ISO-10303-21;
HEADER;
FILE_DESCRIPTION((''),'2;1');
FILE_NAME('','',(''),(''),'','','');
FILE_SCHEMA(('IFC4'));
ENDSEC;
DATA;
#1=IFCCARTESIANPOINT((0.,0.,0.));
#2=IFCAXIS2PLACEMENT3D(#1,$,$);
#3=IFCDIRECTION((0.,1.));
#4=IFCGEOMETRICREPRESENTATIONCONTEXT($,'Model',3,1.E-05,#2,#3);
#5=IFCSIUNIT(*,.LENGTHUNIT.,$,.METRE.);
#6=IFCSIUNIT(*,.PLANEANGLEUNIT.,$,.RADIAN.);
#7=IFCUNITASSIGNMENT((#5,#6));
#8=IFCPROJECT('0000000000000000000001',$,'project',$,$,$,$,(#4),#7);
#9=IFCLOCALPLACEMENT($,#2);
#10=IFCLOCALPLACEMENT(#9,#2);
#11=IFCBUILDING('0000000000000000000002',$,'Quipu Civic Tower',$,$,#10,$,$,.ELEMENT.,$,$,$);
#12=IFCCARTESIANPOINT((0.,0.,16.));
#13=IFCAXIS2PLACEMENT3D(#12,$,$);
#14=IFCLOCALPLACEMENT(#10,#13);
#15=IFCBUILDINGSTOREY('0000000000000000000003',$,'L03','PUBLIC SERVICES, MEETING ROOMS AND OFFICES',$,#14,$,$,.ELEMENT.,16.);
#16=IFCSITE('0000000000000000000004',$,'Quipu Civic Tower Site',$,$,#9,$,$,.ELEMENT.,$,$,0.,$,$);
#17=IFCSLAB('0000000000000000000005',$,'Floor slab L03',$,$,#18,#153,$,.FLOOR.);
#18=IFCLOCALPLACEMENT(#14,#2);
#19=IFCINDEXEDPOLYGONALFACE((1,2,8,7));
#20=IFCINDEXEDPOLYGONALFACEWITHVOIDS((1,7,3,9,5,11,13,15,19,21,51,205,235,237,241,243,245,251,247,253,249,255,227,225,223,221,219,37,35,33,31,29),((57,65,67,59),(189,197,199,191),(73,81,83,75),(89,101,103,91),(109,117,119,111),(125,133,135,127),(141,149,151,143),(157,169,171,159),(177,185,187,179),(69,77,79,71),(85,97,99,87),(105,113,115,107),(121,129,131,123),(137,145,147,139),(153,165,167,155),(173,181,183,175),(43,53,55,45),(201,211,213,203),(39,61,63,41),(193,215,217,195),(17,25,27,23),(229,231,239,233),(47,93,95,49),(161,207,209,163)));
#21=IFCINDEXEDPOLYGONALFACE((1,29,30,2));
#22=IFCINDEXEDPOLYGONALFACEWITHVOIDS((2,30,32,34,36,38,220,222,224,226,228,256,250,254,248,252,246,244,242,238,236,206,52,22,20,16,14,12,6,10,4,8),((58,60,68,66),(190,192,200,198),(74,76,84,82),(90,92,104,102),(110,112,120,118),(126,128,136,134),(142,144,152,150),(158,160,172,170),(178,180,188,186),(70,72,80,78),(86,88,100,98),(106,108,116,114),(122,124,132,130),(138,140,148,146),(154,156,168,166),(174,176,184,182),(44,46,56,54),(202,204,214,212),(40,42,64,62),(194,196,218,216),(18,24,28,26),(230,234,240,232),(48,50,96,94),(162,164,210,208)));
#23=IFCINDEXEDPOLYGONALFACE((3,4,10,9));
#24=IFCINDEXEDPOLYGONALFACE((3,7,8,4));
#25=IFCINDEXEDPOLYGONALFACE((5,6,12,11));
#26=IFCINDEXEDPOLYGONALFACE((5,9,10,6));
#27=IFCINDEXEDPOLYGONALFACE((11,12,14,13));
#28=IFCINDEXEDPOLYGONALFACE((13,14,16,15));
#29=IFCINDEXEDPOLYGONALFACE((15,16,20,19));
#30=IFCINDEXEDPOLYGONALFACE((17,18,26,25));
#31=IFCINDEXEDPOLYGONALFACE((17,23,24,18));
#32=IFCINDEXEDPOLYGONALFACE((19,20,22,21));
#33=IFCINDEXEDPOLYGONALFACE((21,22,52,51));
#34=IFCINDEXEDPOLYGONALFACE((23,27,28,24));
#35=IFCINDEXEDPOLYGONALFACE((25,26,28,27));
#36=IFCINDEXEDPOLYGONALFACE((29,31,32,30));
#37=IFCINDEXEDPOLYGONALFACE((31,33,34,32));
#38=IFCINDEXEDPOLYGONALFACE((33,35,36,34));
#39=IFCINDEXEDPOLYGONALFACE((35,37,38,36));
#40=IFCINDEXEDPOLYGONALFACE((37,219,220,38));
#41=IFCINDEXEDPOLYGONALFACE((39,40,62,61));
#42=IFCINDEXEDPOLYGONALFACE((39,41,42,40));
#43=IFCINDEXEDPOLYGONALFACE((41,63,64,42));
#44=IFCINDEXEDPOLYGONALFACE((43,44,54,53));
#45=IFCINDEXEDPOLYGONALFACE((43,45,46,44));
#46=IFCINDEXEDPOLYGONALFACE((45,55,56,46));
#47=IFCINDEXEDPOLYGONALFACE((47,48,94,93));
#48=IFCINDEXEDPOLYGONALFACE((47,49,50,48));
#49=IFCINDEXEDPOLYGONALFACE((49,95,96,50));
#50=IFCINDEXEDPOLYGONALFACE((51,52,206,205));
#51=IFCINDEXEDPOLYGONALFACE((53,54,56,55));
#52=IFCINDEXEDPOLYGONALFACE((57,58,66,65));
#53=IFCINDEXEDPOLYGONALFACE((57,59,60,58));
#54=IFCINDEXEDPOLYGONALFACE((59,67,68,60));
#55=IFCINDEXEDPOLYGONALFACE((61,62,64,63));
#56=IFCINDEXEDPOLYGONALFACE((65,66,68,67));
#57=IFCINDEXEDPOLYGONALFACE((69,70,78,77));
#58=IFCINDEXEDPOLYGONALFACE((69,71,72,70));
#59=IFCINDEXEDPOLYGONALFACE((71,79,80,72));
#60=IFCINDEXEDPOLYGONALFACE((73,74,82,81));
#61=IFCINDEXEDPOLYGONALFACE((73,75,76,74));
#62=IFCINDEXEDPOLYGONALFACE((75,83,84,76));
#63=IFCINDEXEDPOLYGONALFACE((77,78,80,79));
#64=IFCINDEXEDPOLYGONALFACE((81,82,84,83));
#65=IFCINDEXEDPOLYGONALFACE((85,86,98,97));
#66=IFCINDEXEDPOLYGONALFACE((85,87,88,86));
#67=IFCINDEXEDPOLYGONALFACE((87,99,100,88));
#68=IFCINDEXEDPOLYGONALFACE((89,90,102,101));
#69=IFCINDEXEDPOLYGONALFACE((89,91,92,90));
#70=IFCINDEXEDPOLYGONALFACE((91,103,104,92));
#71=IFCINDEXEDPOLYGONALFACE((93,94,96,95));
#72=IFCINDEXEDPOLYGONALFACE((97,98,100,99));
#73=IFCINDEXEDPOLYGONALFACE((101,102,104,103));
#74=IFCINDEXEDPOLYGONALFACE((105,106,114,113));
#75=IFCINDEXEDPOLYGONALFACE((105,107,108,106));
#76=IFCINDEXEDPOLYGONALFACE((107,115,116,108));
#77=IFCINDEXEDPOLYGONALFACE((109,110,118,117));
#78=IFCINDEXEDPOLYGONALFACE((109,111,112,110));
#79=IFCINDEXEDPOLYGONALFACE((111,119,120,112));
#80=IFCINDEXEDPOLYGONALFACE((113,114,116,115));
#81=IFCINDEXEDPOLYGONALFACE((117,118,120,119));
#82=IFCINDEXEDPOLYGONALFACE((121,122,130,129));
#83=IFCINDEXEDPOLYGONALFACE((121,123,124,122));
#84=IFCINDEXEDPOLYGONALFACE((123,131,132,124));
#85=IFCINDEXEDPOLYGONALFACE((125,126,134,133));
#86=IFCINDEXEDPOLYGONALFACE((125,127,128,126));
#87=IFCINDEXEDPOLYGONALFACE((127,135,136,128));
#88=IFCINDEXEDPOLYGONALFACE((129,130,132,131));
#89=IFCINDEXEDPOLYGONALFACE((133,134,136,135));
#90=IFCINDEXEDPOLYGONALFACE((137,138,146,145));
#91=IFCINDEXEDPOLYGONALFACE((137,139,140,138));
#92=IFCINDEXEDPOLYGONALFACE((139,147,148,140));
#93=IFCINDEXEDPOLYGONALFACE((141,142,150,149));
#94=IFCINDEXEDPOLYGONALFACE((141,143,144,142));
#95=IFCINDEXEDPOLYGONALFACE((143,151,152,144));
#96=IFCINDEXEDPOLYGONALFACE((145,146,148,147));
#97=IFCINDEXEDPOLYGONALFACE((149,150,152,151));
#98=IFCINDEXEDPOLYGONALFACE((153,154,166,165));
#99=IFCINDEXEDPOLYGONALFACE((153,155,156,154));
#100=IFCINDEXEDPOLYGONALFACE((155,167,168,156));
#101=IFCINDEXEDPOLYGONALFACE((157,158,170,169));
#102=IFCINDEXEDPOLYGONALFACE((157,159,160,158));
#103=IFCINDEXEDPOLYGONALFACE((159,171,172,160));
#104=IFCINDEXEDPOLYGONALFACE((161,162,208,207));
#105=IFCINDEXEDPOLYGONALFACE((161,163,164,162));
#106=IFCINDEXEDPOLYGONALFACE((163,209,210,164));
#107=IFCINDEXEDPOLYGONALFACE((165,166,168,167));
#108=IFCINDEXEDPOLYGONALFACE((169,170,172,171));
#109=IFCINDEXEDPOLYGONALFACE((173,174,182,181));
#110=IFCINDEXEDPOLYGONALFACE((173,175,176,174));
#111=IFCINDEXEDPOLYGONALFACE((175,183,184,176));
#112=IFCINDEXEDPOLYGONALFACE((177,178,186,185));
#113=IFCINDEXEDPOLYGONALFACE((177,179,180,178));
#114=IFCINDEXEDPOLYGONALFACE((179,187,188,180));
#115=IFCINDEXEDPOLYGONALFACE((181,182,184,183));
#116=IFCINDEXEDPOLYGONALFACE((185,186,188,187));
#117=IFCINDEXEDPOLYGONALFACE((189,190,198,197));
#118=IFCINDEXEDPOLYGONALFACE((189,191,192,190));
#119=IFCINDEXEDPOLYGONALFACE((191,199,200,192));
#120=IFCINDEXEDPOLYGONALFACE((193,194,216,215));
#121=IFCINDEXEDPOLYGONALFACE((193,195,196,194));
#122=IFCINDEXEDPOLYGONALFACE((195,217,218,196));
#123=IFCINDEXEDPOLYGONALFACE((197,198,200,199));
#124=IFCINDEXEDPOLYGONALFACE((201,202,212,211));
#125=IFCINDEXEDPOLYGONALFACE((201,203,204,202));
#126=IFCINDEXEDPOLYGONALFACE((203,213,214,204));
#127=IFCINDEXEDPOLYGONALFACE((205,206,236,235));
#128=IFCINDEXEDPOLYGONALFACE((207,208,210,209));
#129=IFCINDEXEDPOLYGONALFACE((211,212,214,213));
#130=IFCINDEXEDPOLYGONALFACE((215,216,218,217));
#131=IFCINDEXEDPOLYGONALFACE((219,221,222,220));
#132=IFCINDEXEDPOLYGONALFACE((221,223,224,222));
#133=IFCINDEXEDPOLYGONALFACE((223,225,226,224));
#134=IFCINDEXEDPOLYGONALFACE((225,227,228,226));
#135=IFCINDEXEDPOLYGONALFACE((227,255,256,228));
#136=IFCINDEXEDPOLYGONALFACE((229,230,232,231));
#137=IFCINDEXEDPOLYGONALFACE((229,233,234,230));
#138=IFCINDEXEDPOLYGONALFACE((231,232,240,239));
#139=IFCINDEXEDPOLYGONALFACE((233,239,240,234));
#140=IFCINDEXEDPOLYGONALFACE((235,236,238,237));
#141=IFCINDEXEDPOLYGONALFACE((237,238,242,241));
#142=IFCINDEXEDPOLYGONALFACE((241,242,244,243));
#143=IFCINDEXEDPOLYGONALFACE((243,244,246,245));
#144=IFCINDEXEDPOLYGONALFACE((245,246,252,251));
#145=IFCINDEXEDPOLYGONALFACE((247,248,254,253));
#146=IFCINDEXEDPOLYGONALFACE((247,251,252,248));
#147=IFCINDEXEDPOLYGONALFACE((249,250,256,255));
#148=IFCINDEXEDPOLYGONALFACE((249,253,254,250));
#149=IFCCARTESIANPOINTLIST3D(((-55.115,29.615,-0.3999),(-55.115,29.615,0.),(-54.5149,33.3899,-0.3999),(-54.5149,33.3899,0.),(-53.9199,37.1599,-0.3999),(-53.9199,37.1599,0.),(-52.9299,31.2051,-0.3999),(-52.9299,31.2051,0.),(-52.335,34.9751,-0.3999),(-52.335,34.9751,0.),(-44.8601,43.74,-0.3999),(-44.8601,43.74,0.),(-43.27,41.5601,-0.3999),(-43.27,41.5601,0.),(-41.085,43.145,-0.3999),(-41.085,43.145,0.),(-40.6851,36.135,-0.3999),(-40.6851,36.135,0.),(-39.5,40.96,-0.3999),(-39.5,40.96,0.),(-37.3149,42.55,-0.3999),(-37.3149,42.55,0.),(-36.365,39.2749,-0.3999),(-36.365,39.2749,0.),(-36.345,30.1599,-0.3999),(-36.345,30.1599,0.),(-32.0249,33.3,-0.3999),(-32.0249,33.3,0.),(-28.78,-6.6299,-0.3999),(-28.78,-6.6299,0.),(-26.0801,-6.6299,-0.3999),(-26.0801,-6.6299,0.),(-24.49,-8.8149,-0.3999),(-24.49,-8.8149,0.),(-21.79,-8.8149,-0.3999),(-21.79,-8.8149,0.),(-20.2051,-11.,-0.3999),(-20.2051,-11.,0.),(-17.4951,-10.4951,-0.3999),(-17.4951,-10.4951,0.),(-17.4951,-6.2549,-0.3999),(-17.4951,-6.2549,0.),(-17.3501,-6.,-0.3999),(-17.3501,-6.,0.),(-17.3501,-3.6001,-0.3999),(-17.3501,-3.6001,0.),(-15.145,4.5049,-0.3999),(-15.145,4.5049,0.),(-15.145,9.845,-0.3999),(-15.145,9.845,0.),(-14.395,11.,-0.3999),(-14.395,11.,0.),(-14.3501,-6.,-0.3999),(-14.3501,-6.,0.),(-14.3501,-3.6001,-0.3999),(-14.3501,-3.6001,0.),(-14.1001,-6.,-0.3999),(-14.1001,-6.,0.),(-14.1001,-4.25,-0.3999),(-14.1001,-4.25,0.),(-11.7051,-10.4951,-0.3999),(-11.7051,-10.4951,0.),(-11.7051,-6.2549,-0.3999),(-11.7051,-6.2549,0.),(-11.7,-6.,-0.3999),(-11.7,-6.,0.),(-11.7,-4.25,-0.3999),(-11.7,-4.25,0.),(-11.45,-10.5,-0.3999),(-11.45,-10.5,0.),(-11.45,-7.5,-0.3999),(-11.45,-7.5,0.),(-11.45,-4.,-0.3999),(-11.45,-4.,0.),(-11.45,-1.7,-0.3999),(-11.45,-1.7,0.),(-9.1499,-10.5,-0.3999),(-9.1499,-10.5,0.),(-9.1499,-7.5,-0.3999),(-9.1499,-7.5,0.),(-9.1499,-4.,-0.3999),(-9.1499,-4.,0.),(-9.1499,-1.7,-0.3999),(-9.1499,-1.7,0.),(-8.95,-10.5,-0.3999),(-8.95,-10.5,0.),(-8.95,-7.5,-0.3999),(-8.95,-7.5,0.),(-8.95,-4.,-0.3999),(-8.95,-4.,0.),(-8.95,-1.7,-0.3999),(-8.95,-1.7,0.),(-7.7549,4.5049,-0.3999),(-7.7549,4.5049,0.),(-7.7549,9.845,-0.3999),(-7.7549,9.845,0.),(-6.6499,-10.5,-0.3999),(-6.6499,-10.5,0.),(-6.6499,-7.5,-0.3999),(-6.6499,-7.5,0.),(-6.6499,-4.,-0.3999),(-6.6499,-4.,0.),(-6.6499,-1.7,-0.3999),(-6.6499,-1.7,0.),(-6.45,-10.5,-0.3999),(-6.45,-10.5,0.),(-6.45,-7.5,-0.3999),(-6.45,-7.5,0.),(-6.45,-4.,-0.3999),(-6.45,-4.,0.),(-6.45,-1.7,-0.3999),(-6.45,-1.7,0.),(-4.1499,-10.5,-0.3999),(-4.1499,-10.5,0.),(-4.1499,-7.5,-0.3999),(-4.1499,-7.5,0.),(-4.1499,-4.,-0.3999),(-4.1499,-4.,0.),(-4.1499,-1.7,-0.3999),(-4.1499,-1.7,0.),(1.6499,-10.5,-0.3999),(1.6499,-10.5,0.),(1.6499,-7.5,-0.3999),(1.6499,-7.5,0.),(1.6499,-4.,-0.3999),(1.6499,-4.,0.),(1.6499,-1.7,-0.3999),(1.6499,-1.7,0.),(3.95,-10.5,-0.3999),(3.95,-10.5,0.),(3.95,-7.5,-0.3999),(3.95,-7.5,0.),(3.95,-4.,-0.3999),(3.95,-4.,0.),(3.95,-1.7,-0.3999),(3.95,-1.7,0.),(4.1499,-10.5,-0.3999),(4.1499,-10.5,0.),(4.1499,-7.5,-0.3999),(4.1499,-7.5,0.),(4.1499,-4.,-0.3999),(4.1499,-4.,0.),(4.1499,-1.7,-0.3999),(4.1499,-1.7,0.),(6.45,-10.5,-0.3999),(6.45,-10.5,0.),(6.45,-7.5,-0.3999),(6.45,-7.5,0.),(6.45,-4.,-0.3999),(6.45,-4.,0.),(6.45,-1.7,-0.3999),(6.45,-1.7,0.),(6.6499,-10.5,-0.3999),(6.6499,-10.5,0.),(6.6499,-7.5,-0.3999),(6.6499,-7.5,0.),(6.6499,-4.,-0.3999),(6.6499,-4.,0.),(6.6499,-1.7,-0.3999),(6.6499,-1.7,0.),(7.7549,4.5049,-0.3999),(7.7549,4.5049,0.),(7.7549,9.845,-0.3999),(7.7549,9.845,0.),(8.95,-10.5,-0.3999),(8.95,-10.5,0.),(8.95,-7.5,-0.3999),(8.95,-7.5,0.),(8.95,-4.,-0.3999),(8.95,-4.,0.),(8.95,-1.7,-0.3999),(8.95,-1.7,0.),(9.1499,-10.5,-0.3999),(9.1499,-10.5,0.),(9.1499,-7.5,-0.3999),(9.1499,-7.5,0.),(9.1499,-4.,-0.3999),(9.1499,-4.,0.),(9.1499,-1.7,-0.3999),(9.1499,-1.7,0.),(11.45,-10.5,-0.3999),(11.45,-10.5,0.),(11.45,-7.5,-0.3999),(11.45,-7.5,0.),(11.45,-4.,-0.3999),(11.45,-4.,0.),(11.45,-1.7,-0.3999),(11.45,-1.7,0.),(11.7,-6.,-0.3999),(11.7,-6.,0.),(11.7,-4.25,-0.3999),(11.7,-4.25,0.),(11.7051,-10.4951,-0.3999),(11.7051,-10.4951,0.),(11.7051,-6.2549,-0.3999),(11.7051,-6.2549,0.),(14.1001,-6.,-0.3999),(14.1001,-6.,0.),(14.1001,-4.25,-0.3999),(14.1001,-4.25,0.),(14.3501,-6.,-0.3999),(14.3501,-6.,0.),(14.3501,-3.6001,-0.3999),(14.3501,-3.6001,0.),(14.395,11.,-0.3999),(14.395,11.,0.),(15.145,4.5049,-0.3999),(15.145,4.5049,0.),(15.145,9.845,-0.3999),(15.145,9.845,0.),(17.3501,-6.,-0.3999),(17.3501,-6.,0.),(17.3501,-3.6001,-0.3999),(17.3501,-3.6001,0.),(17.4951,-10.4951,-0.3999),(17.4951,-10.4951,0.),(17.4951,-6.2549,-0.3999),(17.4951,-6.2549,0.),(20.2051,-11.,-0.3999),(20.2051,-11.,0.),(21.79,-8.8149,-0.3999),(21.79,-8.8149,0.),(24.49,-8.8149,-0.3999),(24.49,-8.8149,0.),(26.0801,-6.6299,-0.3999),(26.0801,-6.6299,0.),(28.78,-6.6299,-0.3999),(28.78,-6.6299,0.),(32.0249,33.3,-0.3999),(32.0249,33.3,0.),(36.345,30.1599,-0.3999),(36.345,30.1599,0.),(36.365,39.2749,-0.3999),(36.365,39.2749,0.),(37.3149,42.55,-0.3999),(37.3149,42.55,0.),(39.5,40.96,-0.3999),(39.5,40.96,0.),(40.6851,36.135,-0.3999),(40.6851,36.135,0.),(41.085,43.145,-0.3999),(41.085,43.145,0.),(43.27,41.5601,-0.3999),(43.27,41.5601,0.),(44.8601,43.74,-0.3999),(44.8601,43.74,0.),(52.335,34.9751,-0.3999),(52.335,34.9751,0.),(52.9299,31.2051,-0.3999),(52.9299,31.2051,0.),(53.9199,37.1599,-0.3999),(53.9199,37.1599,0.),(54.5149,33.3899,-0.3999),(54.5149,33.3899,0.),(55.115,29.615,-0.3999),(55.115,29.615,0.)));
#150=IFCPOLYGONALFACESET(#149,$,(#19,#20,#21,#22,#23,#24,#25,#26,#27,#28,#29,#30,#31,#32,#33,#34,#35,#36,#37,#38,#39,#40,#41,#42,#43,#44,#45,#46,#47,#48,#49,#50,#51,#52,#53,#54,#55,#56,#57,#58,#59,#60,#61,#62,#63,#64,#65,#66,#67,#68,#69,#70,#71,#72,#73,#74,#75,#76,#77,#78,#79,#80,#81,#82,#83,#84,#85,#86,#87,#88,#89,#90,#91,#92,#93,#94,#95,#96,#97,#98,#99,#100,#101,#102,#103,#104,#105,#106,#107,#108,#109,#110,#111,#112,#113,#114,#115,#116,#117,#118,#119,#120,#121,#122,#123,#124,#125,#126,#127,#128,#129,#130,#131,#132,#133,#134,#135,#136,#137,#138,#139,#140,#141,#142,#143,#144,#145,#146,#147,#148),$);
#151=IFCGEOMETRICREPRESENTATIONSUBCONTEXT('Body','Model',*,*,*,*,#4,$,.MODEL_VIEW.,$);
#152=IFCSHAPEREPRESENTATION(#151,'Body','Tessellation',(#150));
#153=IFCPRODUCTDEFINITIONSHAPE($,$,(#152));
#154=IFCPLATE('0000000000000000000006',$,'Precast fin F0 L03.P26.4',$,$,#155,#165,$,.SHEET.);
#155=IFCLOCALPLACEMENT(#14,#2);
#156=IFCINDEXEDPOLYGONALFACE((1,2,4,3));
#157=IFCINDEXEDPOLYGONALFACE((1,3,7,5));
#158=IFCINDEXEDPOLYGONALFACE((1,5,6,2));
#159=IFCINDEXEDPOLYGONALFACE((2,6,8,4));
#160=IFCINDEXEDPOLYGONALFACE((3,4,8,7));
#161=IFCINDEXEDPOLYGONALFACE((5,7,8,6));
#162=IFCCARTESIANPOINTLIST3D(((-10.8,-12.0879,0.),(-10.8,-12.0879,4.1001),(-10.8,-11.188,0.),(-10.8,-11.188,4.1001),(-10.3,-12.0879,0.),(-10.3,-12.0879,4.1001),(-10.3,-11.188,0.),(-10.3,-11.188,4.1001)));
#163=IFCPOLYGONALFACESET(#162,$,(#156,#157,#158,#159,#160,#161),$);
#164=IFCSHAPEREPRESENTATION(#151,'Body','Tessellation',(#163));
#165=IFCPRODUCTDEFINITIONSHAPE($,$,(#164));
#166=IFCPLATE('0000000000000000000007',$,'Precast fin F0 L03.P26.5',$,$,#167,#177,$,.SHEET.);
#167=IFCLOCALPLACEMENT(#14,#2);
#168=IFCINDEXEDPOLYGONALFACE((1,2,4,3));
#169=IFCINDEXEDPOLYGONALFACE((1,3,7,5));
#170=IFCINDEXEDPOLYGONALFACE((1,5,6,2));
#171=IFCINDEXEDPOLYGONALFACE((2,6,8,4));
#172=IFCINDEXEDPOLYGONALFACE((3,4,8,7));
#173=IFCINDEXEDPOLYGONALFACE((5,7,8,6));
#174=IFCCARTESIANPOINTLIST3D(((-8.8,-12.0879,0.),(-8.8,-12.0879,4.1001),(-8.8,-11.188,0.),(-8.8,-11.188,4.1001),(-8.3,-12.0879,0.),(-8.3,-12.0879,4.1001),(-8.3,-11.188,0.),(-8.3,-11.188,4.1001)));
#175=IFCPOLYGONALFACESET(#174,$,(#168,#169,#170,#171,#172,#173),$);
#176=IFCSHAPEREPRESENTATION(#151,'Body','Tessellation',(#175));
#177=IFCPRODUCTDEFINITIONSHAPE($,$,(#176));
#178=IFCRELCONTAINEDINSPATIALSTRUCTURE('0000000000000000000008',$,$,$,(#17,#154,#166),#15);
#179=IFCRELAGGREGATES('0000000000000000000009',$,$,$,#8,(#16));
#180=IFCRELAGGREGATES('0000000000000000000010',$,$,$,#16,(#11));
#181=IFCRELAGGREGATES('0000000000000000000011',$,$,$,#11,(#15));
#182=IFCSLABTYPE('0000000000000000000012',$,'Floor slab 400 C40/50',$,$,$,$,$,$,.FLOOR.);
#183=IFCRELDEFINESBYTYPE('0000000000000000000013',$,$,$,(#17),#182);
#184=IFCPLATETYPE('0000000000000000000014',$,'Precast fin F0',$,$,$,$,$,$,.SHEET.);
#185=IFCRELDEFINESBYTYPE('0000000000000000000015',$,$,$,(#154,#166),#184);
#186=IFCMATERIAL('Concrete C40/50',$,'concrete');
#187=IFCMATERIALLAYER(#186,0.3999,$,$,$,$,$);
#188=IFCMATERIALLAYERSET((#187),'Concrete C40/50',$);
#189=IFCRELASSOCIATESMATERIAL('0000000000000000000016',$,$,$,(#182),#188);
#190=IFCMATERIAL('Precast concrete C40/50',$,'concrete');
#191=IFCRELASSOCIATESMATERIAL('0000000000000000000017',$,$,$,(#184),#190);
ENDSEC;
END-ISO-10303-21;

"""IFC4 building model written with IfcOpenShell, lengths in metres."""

from ifc_helpers import new_model, si_unit, direction, frame, origin, origin_2d, place, context, subcontext, project, spatial, polyline, rectangle, outline, extrude, material, layer, layer_set, type_object, element, save


model = new_model("IFC4")

# Units and contexts
model_context = context("Model", 3, precision=1e-05, world=origin(), true_north=direction((0.0, 1.0)))
body_context = subcontext(model_context, "Body", "Model", "MODEL_VIEW")
ifc_project = project(units=[si_unit("LENGTHUNIT", "METRE"), si_unit("PLANEANGLEUNIT", "RADIAN")], contexts=[model_context])

# Site, building, storey
site_placement = place(None, origin())
site = spatial("IfcSite", under=ifc_project, at=site_placement, Name="Quipu Civic Tower Site", CompositionType="ELEMENT", RefElevation=0.0)
building_placement = place(site_placement, origin())
building = spatial("IfcBuilding", under=site, at=building_placement, Name="Quipu Civic Tower", CompositionType="ELEMENT")
storey_placement = place(building_placement, frame((0.0, 0.0, 16.0)))
storey = spatial("IfcBuildingStorey", under=building, at=storey_placement, Name="L03", Description="PUBLIC SERVICES, MEETING ROOMS AND OFFICES", CompositionType="ELEMENT", Elevation=16.0)

# Slab
ifc_material_1 = material(Name="Concrete C40/50", Category="concrete")
ifc_layer_1 = layer(ifc_material_1, 0.3999)
ifc_layer_set_1 = layer_set([ifc_layer_1], Name="Concrete C40/50")
slab_type_1 = type_object("IfcSlabType", Name="Floor slab 400 C40/50", PredefinedType="FLOOR", material=ifc_layer_set_1)
slab_1_placement = place(storey_placement, frame((0.0, 0.0, -0.3999)))
element("IfcSlab", 1, at=slab_1_placement, inside=storey, type_object=slab_type_1, Name="Floor slab L03", PredefinedType="FLOOR", context=body_context, shape_type="SweptSolid", body=[
    extrude(outline(polyline([(37.3149, 42.55), (39.5, 40.96), (41.085, 43.145), (43.27, 41.5601), (44.8601, 43.74), (53.9199, 37.1599), (52.335, 34.9751), (54.5149, 33.3899), (52.9299, 31.2051), (55.115, 29.615), (28.78, -6.6299), (26.0801, -6.6299), (24.49, -8.8149), (21.79, -8.8149), (20.2051, -11.0), (-20.2051, -11.0), (-21.79, -8.8149), (-24.49, -8.8149), (-26.0801, -6.6299), (-28.78, -6.6299), (-55.115, 29.615), (-52.9299, 31.2051), (-54.5149, 33.3899), (-52.335, 34.9751), (-53.9199, 37.1599), (-44.8601, 43.74), (-43.27, 41.5601), (-41.085, 43.145), (-39.5, 40.96), (-37.3149, 42.55), (-14.395, 11.0), (14.395, 11.0), (37.3149, 42.55)]), holes=[polyline([(-11.45, -7.5), (-11.45, -10.5), (-9.1499, -10.5), (-9.1499, -7.5), (-11.45, -7.5)]), polyline([(-6.6499, -7.5), (-8.95, -7.5), (-8.95, -10.5), (-6.6499, -10.5), (-6.6499, -7.5)]), polyline([(-4.1499, -7.5), (-6.45, -7.5), (-6.45, -10.5), (-4.1499, -10.5), (-4.1499, -7.5)]), polyline([(1.6499, -7.5), (1.6499, -10.5), (3.95, -10.5), (3.95, -7.5), (1.6499, -7.5)]), polyline([(-11.7051, -10.4951), (-11.7051, -6.2549), (-17.4951, -6.2549), (-17.4951, -10.4951), (-11.7051, -10.4951)]), polyline([(-11.7, -4.25), (-14.1001, -4.25), (-14.1001, -6.0), (-11.7, -6.0), (-11.7, -4.25)]), polyline([(-17.3501, -3.6001), (-17.3501, -6.0), (-14.3501, -6.0), (-14.3501, -3.6001), (-17.3501, -3.6001)]), polyline([(-9.1499, -1.7), (-11.45, -1.7), (-11.45, -4.0), (-9.1499, -4.0), (-9.1499, -1.7)]), polyline([(-6.6499, -1.7), (-8.95, -1.7), (-8.95, -4.0), (-6.6499, -4.0), (-6.6499, -1.7)]), polyline([(-6.45, -1.7), (-6.45, -4.0), (-4.1499, -4.0), (-4.1499, -1.7), (-6.45, -1.7)]), polyline([(-7.7549, 4.5049), (-7.7549, 9.845), (-15.145, 9.845), (-15.145, 4.5049), (-7.7549, 4.5049)]), polyline([(-36.365, 39.2749), (-40.6851, 36.135), (-36.345, 30.1599), (-32.0249, 33.3), (-36.365, 39.2749)]), polyline([(4.1499, -7.5), (4.1499, -10.5), (6.45, -10.5), (6.45, -7.5), (4.1499, -7.5)]), polyline([(8.95, -7.5), (6.6499, -7.5), (6.6499, -10.5), (8.95, -10.5), (8.95, -7.5)]), polyline([(11.45, -7.5), (9.1499, -7.5), (9.1499, -10.5), (11.45, -10.5), (11.45, -7.5)]), polyline([(11.7051, -10.4951), (17.4951, -10.4951), (17.4951, -6.2549), (11.7051, -6.2549), (11.7051, -10.4951)]), polyline([(14.1001, -4.25), (11.7, -4.25), (11.7, -6.0), (14.1001, -6.0), (14.1001, -4.25)]), polyline([(17.3501, -3.6001), (14.3501, -3.6001), (14.3501, -6.0), (17.3501, -6.0), (17.3501, -3.6001)]), polyline([(1.6499, -1.7), (1.6499, -4.0), (3.95, -4.0), (3.95, -1.7), (1.6499, -1.7)]), polyline([(6.45, -1.7), (4.1499, -1.7), (4.1499, -4.0), (6.45, -4.0), (6.45, -1.7)]), polyline([(8.95, -1.7), (6.6499, -1.7), (6.6499, -4.0), (8.95, -4.0), (8.95, -1.7)]), polyline([(9.1499, -1.7), (9.1499, -4.0), (11.45, -4.0), (11.45, -1.7), (9.1499, -1.7)]), polyline([(7.7549, 9.845), (7.7549, 4.5049), (15.145, 4.5049), (15.145, 9.845), (7.7549, 9.845)]), polyline([(40.6851, 36.135), (36.365, 39.2749), (32.0249, 33.3), (36.345, 30.1599), (40.6851, 36.135)])]), origin(), (0.0, 0.0, 1.0), 0.3999),
])

# Plates
ifc_material_2 = material(Name="Precast concrete C40/50", Category="concrete")
plate_type = type_object("IfcPlateType", Name="Precast fin F0", PredefinedType="SHEET", material=ifc_material_2)
for number, where, z_axis, x_axis, name in (
    (2, (-10.55, -11.6379, 0.0), (0.0, 0.0, 1.0), (1.0, 0.0, 0.0), "Precast fin F0 L03.P26.4"),
    (3, (-8.55, -11.6379, 0.0), (0.0, 0.0, 1.0), (1.0, 0.0, 0.0), "Precast fin F0 L03.P26.5"),
):
    element("IfcPlate", number, at=place(storey_placement, frame(where, z_axis=z_axis, x_axis=x_axis)), inside=storey, type_object=plate_type, Name=name, PredefinedType="SHEET", context=body_context, shape_type="SweptSolid", body=[
        extrude(rectangle(XDim=0.5, YDim=0.8999, at=origin_2d()), origin(), (0.0, 0.0, 1.0), 4.1001),
    ])

save(model, "model.ifc")
